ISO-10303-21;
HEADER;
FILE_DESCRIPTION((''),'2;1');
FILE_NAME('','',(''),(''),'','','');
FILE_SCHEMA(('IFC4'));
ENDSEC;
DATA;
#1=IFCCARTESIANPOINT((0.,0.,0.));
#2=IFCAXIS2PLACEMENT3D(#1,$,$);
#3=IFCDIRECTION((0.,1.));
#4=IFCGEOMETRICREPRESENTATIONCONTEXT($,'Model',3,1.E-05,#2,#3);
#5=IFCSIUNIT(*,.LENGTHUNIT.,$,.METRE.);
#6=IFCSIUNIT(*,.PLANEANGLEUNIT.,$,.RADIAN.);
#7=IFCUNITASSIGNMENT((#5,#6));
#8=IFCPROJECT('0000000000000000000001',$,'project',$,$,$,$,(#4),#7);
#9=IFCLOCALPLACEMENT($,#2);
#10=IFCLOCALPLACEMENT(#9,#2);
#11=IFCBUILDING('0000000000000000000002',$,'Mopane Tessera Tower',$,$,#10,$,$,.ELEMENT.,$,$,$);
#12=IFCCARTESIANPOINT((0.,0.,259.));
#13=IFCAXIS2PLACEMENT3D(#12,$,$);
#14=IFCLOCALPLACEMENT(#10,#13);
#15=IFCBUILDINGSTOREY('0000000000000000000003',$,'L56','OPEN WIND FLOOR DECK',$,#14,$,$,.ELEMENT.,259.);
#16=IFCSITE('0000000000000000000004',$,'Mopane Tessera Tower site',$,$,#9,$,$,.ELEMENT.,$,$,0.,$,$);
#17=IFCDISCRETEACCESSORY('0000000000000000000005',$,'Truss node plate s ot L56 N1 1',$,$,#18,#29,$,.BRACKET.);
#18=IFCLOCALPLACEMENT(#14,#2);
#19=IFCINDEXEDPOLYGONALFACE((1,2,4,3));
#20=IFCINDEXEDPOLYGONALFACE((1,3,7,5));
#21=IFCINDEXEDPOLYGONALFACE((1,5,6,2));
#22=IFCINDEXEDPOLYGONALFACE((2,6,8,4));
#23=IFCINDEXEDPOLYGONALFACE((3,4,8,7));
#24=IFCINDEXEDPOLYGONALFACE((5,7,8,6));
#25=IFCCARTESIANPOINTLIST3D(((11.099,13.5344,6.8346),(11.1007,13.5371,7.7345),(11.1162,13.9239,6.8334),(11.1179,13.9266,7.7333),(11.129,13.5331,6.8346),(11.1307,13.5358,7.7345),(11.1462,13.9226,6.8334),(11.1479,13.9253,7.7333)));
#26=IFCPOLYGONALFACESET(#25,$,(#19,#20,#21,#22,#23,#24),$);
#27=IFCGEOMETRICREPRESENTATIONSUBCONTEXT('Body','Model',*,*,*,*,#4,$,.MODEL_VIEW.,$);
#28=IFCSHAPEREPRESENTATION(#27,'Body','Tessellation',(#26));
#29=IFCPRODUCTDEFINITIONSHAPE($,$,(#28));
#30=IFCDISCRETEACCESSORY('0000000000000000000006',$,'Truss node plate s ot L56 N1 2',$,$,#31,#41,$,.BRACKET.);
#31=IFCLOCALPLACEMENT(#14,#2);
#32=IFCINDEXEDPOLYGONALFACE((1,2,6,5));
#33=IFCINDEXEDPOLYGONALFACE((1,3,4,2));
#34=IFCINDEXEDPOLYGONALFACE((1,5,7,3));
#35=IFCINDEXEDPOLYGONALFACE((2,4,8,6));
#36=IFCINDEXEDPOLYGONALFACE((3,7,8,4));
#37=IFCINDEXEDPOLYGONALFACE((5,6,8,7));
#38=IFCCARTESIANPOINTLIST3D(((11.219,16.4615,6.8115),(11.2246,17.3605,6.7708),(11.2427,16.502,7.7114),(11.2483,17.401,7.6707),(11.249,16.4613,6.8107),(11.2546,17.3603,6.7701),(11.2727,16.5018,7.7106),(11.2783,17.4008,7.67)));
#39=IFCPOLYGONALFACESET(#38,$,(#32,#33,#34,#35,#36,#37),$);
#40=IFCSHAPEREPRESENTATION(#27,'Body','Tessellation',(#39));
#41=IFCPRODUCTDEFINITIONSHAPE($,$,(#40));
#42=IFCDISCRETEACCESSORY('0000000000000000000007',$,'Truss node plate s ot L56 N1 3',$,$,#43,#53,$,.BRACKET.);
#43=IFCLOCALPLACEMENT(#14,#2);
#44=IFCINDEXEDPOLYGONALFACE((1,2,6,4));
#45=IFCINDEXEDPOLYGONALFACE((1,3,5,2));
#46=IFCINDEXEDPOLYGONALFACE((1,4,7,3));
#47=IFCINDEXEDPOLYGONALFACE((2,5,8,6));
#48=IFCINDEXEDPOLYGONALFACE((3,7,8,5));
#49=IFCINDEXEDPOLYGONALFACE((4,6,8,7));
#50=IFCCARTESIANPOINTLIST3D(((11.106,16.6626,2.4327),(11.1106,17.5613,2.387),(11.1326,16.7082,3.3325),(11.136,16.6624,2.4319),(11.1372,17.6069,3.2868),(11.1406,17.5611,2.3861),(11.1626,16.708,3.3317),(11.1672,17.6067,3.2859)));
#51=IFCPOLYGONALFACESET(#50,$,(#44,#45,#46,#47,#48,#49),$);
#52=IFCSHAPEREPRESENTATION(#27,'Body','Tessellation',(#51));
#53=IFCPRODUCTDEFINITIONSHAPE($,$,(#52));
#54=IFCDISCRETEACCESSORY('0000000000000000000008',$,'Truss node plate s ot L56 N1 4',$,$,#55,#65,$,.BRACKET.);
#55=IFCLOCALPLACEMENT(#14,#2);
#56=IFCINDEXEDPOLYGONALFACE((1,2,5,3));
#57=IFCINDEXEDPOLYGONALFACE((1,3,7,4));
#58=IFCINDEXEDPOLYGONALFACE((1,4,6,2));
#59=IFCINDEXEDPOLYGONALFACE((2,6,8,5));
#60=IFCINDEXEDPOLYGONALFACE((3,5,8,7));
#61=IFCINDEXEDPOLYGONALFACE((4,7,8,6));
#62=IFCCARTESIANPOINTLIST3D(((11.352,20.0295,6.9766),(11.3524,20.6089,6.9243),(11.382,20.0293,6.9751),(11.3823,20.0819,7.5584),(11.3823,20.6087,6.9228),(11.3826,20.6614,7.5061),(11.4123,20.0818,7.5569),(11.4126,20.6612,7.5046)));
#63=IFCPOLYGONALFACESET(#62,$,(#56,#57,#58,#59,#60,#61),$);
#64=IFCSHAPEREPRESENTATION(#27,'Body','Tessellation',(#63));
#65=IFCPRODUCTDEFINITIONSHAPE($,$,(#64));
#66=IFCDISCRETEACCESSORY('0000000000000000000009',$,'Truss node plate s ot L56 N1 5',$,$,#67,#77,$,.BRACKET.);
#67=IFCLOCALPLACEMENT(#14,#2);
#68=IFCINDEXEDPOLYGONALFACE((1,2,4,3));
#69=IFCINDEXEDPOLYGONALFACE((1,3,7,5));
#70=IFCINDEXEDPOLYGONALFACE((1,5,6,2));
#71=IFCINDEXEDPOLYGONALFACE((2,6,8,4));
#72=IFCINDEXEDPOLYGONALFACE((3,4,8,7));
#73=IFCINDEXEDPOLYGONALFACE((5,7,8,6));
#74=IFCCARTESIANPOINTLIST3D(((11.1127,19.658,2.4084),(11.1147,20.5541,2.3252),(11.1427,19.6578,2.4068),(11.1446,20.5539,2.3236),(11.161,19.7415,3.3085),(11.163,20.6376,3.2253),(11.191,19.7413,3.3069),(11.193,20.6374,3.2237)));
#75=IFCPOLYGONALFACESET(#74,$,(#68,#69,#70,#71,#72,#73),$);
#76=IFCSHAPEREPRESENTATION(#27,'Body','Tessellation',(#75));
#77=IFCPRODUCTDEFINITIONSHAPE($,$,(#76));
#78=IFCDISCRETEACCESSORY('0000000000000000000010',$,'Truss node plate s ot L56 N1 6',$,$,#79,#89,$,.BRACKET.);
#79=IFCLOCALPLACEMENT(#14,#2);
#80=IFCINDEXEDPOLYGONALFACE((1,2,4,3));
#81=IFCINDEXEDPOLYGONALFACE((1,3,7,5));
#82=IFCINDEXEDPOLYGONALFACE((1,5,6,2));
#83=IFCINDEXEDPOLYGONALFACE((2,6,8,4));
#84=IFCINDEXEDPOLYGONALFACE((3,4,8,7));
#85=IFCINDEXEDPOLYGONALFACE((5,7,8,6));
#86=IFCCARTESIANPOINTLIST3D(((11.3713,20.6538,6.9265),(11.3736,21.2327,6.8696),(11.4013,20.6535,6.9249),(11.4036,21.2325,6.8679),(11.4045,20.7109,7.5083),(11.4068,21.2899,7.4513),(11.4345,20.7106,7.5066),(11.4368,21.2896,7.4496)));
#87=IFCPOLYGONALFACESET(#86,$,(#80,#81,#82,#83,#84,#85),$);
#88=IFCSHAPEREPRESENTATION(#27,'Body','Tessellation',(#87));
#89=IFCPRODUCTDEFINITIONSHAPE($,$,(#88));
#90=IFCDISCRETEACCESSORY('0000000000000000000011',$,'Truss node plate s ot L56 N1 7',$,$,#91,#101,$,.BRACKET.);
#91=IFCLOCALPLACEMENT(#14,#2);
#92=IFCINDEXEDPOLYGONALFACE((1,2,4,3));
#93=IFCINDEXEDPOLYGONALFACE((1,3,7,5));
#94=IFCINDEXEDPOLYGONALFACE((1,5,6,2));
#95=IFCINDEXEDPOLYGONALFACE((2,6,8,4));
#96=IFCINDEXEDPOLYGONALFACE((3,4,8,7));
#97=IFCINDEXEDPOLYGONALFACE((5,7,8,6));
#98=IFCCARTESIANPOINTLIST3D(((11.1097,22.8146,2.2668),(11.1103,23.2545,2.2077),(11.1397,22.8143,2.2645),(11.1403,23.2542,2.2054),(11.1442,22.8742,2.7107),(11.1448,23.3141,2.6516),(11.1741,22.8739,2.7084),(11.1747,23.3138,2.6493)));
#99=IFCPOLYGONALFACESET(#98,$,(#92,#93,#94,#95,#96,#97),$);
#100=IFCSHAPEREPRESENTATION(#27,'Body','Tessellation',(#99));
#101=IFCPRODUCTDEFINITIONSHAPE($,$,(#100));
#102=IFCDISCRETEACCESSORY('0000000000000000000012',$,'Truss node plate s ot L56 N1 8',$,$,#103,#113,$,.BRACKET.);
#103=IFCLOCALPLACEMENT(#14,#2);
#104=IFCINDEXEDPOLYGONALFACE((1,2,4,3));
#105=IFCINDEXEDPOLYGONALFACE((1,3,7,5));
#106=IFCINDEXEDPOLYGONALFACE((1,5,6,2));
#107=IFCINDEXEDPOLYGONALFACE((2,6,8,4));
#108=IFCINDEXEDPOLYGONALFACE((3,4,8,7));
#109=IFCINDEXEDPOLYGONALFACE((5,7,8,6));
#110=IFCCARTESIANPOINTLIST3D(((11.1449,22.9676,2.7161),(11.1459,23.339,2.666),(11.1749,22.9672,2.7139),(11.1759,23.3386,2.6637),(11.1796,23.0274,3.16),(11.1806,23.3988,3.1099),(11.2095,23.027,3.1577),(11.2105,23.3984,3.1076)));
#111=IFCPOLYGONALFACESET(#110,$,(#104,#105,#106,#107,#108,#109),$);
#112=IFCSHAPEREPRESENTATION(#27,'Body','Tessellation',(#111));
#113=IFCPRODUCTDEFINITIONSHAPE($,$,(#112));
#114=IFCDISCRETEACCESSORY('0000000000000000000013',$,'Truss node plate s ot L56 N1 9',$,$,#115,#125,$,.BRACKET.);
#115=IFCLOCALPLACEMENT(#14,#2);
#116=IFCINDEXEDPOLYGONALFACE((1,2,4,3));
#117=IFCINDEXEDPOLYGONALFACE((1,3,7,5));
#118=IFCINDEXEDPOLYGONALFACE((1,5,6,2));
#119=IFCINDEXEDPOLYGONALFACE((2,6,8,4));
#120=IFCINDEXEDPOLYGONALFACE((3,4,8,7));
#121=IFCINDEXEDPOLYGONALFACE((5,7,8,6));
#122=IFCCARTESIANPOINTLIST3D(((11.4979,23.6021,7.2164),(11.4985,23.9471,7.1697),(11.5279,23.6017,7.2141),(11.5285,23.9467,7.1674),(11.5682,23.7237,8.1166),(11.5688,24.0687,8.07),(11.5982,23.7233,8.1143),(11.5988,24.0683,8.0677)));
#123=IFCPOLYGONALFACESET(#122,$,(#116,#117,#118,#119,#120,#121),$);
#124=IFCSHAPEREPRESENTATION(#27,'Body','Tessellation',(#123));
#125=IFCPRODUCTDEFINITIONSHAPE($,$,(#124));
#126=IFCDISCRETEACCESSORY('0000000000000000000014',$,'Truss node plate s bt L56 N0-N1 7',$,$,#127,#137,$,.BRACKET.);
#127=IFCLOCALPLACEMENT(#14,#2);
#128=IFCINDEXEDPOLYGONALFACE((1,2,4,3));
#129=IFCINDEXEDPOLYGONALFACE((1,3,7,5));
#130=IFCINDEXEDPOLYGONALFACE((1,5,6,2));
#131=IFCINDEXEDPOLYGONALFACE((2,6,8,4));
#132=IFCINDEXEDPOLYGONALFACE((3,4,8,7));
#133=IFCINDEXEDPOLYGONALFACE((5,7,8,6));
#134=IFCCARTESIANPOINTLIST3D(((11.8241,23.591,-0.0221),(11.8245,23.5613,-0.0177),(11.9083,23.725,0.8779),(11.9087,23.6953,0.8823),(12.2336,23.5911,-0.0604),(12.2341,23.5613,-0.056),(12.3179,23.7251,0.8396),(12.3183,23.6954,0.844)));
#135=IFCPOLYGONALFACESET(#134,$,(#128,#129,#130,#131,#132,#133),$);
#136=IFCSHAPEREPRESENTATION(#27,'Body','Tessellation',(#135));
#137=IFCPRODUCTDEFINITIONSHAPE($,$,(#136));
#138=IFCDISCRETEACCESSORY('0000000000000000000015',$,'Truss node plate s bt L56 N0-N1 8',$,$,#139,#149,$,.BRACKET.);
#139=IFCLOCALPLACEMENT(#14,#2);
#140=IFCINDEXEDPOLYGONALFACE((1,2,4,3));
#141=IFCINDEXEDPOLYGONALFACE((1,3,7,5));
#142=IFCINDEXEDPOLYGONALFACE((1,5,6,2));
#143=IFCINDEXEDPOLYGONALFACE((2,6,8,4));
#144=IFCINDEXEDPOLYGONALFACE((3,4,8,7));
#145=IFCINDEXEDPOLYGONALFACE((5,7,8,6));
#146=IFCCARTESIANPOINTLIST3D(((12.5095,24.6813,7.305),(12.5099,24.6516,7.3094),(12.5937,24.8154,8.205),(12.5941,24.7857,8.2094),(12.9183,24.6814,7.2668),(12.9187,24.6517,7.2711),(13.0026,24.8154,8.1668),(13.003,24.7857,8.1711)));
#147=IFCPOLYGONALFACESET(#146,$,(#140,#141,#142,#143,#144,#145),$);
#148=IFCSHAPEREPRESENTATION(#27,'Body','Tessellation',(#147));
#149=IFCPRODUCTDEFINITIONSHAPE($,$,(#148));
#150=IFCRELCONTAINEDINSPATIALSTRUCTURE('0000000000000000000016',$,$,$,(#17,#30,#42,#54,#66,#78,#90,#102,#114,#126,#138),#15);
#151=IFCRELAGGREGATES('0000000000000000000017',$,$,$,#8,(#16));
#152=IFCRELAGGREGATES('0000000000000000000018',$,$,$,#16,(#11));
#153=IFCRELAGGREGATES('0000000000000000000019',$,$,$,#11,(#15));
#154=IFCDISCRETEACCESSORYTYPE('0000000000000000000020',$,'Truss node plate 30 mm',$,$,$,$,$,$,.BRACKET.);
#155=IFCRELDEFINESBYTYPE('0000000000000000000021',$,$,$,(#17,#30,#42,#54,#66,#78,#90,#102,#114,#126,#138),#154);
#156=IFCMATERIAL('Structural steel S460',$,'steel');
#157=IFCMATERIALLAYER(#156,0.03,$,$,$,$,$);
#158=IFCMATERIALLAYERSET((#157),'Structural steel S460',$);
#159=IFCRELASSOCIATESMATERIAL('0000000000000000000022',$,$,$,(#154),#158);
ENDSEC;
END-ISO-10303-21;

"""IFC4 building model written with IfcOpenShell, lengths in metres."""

from ifc_helpers import new_model, si_unit, direction, frame, origin, origin_2d, place, context, subcontext, project, spatial, rectangle, extrude, material, layer, layer_set, type_object, element, save


model = new_model("IFC4")

# Units and contexts
model_context = context("Model", 3, precision=1e-05, world=origin(), true_north=direction((0.0, 1.0)))
body_context = subcontext(model_context, "Body", "Model", "MODEL_VIEW")
ifc_project = project(units=[si_unit("LENGTHUNIT", "METRE"), si_unit("PLANEANGLEUNIT", "RADIAN")], contexts=[model_context])

# Site, building, storey
site_placement = place(None, origin())
site = spatial("IfcSite", under=ifc_project, at=site_placement, Name="Mopane Tessera Tower site", CompositionType="ELEMENT", RefElevation=0.0)
building_placement = place(site_placement, origin())
building = spatial("IfcBuilding", under=site, at=building_placement, Name="Mopane Tessera Tower", CompositionType="ELEMENT")
storey_placement = place(building_placement, frame((0.0, 0.0, 259.0)))
storey = spatial("IfcBuildingStorey", under=building, at=storey_placement, Name="L56", Description="OPEN WIND FLOOR DECK", CompositionType="ELEMENT", Elevation=259.0)

# Discrete accessories
ifc_material_1 = material(Name="Structural steel S460", Category="steel")
ifc_layer_1 = layer(ifc_material_1, 0.03)
ifc_layer_set_1 = layer_set([ifc_layer_1], Name="Structural steel S460")
discrete_accessory_type = type_object("IfcDiscreteAccessoryType", Name="Truss node plate 30 mm", PredefinedType="BRACKET", material=ifc_layer_set_1)
discrete_accessory_1_placement = place(storey_placement, frame((11.1226, 13.7285, 6.834), z_axis=(0.001899, 0.002984, 0.999994), x_axis=(-0.999024, 0.044134, 0.001766)))
element("IfcDiscreteAccessory", 1, at=discrete_accessory_1_placement, inside=storey, type_object=discrete_accessory_type, Name="Truss node plate s ot L56 N1 1", PredefinedType="BRACKET", context=body_context, shape_type="SweptSolid", body=[
    extrude(rectangle(XDim=0.03, YDim=0.3899, at=origin_2d()), origin(), (0.0, 0.0, 1.0), 0.8999),
])
discrete_accessory_2_placement = place(storey_placement, frame((11.2368, 16.9109, 6.7908), z_axis=(0.02628, 0.044974, 0.998642), x_axis=(-0.999635, 0.007408, 0.025973)))
element("IfcDiscreteAccessory", 2, at=discrete_accessory_2_placement, inside=storey, type_object=discrete_accessory_type, Name="Truss node plate s ot L56 N1 2", PredefinedType="BRACKET", context=body_context, shape_type="SweptSolid", body=[
    extrude(rectangle(XDim=0.03, YDim=0.8999, at=origin_2d()), origin(), (0.0, 0.0, 1.0), 0.9011),
])
discrete_accessory_3_placement = place(storey_placement, frame((11.1233, 17.1118, 2.4094), z_axis=(0.02952, 0.050645, 0.99828), x_axis=(-0.999551, 0.006637, 0.029221)))
element("IfcDiscreteAccessory", 3, at=discrete_accessory_3_placement, inside=storey, type_object=discrete_accessory_type, Name="Truss node plate s ot L56 N1 3", PredefinedType="BRACKET", context=body_context, shape_type="SweptSolid", body=[
    extrude(rectangle(XDim=0.03, YDim=0.8999, at=origin_2d()), origin(), (0.0, 0.0, 1.0), 0.9014),
])
discrete_accessory_4_placement = place(storey_placement, frame((11.3672, 20.3191, 6.9497), z_axis=(0.051755, 0.089737, 0.99462), x_axis=(-0.99866, 0.005196, 0.051497)))
element("IfcDiscreteAccessory", 4, at=discrete_accessory_4_placement, inside=storey, type_object=discrete_accessory_type, Name="Truss node plate s ot L56 N1 4", PredefinedType="BRACKET", context=body_context, shape_type="SweptSolid", body=[
    extrude(rectangle(XDim=0.03, YDim=0.5818, at=origin_2d()), origin(), (0.0, 0.0, 1.0), 0.585),
])
discrete_accessory_5_placement = place(storey_placement, frame((11.1287, 20.106, 2.366), z_axis=(0.053396, 0.09223, 0.994305), x_axis=(-0.998571, 0.007126, 0.052964)))
element("IfcDiscreteAccessory", 5, at=discrete_accessory_5_placement, inside=storey, type_object=discrete_accessory_type, Name="Truss node plate s ot L56 N1 5", PredefinedType="BRACKET", context=body_context, shape_type="SweptSolid", body=[
    extrude(rectangle(XDim=0.03, YDim=0.8999, at=origin_2d()), origin(), (0.0, 0.0, 1.0), 0.9053),
])
discrete_accessory_6_placement = place(storey_placement, frame((11.3875, 20.9431, 6.8972), z_axis=(0.056706, 0.097568, 0.993612), x_axis=(-0.998383, 0.009402, 0.056055)))
element("IfcDiscreteAccessory", 6, at=discrete_accessory_6_placement, inside=storey, type_object=discrete_accessory_type, Name="Truss node plate s ot L56 N1 6", PredefinedType="BRACKET", context=body_context, shape_type="SweptSolid", body=[
    extrude(rectangle(XDim=0.03, YDim=0.5818, at=origin_2d()), origin(), (0.0, 0.0, 1.0), 0.5854),
])
discrete_accessory_7_placement = place(storey_placement, frame((11.125, 23.0344, 2.2361), z_axis=(0.076642, 0.132629, 0.988198), x_axis=(-0.997058, 0.011574, 0.075776)))
element("IfcDiscreteAccessory", 7, at=discrete_accessory_7_placement, inside=storey, type_object=discrete_accessory_type, Name="Truss node plate s ot L56 N1 7", PredefinedType="BRACKET", context=body_context, shape_type="SweptSolid", body=[
    extrude(rectangle(XDim=0.03, YDim=0.4438, at=origin_2d()), origin(), (0.0, 0.0, 1.0), 0.4492),
])
discrete_accessory_8_placement = place(storey_placement, frame((11.1604, 23.1531, 2.6899), z_axis=(0.077177, 0.133158, 0.988085), x_axis=(-0.997014, 0.012969, 0.076127)))
element("IfcDiscreteAccessory", 8, at=discrete_accessory_8_placement, inside=storey, type_object=discrete_accessory_type, Name="Truss node plate s ot L56 N1 8", PredefinedType="BRACKET", context=body_context, shape_type="SweptSolid", body=[
    extrude(rectangle(XDim=0.03, YDim=0.3748, at=origin_2d()), origin(), (0.0, 0.0, 1.0), 0.4492),
])
discrete_accessory_9_placement = place(storey_placement, frame((11.5132, 23.7744, 7.1919), z_axis=(0.077178, 0.133454, 0.988045), x_axis=(-0.997016, 0.012045, 0.076252)))
element("IfcDiscreteAccessory", 9, at=discrete_accessory_9_placement, inside=storey, type_object=discrete_accessory_type, Name="Truss node plate s ot L56 N1 9", PredefinedType="BRACKET", context=body_context, shape_type="SweptSolid", body=[
    extrude(rectangle(XDim=0.03, YDim=0.3481, at=origin_2d()), origin(), (0.0, 0.0, 1.0), 0.9111),
])
discrete_accessory_10_placement = place(storey_placement, frame((12.0291, 23.5762, -0.0391), z_axis=(0.092182, 0.14669, 0.984878), x_axis=(0.013811, -0.989183, 0.146038)))
element("IfcDiscreteAccessory", 10, at=discrete_accessory_10_placement, inside=storey, type_object=discrete_accessory_type, Name="Truss node plate s bt L56 N0-N1 7", PredefinedType="BRACKET", context=body_context, shape_type="SweptSolid", body=[
    extrude(rectangle(XDim=0.03, YDim=0.4114, at=origin_2d()), origin(), (0.0, 0.0, 1.0), 0.9138),
])
discrete_accessory_11_placement = place(storey_placement, frame((12.7141, 24.6665, 7.2881), z_axis=(0.092182, 0.14669, 0.984878), x_axis=(0.013796, -0.989183, 0.14604)))
element("IfcDiscreteAccessory", 11, at=discrete_accessory_11_placement, inside=storey, type_object=discrete_accessory_type, Name="Truss node plate s bt L56 N0-N1 8", PredefinedType="BRACKET", context=body_context, shape_type="SweptSolid", body=[
    extrude(rectangle(XDim=0.03, YDim=0.4106, at=origin_2d()), origin(), (0.0, 0.0, 1.0), 0.9138),
])

save(model, "model.ifc")
